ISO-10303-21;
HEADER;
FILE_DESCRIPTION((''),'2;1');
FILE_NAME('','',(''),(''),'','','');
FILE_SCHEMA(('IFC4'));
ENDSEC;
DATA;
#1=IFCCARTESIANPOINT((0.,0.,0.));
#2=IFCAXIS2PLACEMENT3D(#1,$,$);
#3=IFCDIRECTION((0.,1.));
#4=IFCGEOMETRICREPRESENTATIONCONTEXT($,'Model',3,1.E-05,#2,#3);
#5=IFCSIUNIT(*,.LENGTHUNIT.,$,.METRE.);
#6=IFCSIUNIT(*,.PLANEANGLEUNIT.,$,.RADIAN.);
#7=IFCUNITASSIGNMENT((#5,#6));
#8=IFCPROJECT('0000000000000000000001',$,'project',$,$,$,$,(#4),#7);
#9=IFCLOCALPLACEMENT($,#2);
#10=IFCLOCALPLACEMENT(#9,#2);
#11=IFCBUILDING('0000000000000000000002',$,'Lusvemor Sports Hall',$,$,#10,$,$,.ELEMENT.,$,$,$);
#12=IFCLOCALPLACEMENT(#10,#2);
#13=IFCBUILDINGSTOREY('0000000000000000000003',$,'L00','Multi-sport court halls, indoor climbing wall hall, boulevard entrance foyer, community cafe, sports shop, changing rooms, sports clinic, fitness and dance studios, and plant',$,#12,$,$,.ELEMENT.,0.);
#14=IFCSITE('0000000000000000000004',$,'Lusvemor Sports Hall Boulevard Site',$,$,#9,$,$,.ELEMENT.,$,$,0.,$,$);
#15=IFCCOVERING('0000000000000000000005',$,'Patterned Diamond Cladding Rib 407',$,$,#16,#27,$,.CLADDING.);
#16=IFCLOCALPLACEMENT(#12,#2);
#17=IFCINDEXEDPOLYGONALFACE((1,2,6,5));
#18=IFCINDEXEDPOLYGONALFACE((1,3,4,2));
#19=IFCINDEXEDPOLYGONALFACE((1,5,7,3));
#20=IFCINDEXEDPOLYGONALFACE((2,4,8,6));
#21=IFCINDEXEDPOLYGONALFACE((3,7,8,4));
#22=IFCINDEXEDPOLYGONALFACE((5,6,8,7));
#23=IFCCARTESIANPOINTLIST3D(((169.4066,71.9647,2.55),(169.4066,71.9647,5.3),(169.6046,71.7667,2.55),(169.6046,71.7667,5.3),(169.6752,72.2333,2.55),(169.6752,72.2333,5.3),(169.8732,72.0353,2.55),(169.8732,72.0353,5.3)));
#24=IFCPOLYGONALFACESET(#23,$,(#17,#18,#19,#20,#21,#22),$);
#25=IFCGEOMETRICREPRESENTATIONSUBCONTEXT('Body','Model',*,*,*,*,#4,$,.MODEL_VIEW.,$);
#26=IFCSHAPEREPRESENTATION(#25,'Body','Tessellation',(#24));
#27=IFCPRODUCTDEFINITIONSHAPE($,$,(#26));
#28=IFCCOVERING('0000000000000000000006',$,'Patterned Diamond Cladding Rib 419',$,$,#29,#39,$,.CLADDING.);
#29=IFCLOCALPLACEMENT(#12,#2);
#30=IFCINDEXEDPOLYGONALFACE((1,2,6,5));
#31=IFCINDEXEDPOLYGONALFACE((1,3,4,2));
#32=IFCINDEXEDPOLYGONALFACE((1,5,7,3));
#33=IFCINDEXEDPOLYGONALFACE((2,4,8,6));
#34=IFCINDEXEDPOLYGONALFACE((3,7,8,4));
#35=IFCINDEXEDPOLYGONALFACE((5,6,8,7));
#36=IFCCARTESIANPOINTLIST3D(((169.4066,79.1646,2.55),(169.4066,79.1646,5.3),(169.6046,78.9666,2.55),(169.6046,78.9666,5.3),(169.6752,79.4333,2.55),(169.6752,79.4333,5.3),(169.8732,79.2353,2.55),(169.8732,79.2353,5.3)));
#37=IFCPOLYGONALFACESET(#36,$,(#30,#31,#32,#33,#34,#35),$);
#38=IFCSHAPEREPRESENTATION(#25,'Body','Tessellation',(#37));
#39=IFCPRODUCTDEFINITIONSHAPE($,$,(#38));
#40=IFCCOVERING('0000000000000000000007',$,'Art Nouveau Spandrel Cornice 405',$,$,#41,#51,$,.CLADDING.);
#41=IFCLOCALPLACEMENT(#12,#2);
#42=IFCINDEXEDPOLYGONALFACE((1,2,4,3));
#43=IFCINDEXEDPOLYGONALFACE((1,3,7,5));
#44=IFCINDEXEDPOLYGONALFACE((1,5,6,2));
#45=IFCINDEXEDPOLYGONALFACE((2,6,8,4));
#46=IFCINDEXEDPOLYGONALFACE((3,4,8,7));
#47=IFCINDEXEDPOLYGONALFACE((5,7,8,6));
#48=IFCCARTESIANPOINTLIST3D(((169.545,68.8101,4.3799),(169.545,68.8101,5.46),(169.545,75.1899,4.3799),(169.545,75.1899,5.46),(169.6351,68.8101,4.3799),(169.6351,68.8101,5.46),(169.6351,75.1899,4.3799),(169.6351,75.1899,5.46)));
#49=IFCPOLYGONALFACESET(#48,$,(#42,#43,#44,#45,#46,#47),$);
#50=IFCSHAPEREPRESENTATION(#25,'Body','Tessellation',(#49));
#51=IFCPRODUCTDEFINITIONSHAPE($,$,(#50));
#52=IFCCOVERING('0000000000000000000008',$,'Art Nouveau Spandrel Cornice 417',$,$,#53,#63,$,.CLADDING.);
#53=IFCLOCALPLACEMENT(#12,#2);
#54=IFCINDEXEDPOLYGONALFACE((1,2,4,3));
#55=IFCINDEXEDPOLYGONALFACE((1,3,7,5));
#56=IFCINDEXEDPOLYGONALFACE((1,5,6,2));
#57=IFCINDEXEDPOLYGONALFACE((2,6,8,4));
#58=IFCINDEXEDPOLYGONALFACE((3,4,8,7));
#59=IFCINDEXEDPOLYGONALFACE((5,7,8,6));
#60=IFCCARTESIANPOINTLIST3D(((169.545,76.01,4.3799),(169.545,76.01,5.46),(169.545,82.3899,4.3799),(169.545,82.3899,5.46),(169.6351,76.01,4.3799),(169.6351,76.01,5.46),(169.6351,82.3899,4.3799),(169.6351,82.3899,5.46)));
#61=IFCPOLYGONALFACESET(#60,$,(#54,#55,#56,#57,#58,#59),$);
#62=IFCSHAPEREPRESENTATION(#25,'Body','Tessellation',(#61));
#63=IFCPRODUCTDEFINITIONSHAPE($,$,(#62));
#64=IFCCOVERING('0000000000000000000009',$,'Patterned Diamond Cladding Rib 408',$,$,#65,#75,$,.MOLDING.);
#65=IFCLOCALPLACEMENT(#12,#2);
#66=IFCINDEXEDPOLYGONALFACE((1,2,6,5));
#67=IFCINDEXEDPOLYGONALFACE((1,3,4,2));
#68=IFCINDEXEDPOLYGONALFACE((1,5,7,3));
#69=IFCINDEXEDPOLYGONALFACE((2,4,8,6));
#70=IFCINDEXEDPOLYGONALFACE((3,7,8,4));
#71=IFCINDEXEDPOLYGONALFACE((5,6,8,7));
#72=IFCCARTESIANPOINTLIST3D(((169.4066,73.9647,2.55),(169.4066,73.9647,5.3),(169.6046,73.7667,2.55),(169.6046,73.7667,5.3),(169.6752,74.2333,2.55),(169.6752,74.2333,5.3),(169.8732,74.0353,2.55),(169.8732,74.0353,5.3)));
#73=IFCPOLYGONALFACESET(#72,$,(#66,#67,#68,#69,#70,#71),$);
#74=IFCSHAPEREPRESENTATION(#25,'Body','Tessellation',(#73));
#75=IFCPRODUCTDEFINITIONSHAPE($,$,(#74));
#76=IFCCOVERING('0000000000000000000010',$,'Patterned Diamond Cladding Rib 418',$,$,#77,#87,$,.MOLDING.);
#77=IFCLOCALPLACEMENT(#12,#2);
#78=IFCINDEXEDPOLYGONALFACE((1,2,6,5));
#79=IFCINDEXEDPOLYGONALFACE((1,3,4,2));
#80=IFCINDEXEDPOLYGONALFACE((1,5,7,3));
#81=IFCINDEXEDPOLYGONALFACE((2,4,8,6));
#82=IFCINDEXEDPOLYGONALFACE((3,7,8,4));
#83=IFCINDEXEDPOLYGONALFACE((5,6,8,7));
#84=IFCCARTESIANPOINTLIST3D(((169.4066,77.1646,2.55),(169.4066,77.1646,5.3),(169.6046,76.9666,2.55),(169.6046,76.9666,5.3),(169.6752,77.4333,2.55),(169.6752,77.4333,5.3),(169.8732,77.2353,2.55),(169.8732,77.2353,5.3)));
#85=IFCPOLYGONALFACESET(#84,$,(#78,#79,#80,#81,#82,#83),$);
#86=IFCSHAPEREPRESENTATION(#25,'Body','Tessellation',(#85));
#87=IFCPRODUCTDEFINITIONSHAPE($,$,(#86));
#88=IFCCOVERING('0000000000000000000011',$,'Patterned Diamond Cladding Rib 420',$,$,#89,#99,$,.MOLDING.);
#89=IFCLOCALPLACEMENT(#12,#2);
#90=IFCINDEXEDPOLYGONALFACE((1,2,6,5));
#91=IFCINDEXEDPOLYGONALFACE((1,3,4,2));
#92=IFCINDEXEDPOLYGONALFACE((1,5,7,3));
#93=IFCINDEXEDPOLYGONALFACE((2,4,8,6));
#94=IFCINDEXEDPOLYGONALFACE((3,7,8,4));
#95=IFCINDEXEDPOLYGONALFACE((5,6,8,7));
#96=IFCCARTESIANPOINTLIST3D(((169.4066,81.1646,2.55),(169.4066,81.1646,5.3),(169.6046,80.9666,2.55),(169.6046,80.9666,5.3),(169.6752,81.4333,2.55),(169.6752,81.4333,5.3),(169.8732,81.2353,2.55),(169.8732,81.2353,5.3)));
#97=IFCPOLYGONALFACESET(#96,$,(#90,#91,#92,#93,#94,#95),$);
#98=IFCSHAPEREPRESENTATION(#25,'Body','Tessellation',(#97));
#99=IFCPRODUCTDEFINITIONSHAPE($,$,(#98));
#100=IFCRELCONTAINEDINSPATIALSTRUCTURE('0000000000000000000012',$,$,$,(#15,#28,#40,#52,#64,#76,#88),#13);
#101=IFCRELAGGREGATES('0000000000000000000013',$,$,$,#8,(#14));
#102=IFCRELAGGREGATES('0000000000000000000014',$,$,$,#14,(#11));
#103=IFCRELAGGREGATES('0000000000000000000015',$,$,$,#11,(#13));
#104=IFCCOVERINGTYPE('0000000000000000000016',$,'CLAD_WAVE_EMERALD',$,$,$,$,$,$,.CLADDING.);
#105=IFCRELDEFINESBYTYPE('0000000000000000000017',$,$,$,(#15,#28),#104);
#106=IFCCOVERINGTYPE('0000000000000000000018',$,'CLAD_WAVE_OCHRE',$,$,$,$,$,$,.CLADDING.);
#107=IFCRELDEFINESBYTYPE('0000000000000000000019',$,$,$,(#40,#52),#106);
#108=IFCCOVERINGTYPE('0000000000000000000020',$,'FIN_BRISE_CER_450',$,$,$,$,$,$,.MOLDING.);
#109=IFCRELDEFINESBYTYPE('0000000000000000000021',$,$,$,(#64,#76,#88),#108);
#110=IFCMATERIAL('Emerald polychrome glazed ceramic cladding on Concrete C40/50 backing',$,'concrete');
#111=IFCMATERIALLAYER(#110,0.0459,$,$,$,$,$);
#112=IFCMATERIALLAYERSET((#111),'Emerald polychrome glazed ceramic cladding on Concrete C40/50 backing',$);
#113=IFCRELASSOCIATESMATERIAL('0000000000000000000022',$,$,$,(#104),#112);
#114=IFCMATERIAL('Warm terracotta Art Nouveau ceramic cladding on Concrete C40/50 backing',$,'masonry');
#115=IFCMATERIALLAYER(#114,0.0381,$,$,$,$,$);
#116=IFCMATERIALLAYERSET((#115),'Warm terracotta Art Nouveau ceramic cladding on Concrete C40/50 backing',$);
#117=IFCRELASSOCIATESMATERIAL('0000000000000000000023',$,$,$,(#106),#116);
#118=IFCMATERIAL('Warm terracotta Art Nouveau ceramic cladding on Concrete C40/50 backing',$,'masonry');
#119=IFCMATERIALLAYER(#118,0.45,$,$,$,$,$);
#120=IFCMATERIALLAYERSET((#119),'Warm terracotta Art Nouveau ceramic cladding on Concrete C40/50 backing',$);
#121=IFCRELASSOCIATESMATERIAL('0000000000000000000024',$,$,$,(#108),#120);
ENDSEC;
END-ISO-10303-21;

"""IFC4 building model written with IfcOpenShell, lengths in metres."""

from ifc_helpers import new_model, si_unit, direction, frame, origin, origin_2d, place, context, subcontext, project, spatial, rectangle, extrude, material, layer, layer_set, type_object, element, save


model = new_model("IFC4")

# Units and contexts
model_context = context("Model", 3, precision=1e-05, world=origin(), true_north=direction((0.0, 1.0)))
body_context = subcontext(model_context, "Body", "Model", "MODEL_VIEW")
ifc_project = project(units=[si_unit("LENGTHUNIT", "METRE"), si_unit("PLANEANGLEUNIT", "RADIAN")], contexts=[model_context])

# Site, building, storey
site_placement = place(None, origin())
site = spatial("IfcSite", under=ifc_project, at=site_placement, Name="Lusvemor Sports Hall Boulevard Site", CompositionType="ELEMENT", RefElevation=0.0)
building_placement = place(site_placement, origin())
building = spatial("IfcBuilding", under=site, at=building_placement, Name="Lusvemor Sports Hall", CompositionType="ELEMENT")
storey_placement = place(building_placement, origin())
storey = spatial("IfcBuildingStorey", under=building, at=storey_placement, Name="L00", Description="Multi-sport court halls, indoor climbing wall hall, boulevard entrance foyer, community cafe, sports shop, changing rooms, sports clinic, fitness and dance studios, and plant", CompositionType="ELEMENT", Elevation=0.0)

# Coverings
ifc_material_1 = material(Name="Emerald polychrome glazed ceramic cladding on Concrete C40/50 backing", Category="concrete")
ifc_layer_1 = layer(ifc_material_1, 0.0459)
ifc_layer_set_1 = layer_set([ifc_layer_1], Name="Emerald polychrome glazed ceramic cladding on Concrete C40/50 backing")
covering_type_1 = type_object("IfcCoveringType", Name="CLAD_WAVE_EMERALD", PredefinedType="CLADDING", material=ifc_layer_set_1)
for number, where, z_axis, x_axis, name in (
    (1, (169.6399, 72.0, 2.55), (0.0, 0.0, 1.0), (0.707107, 0.707107, 0.0), "Patterned Diamond Cladding Rib 407"),
    (2, (169.6399, 79.2, 2.55), (0.0, 0.0, 1.0), (0.707107, 0.707107, 0.0), "Patterned Diamond Cladding Rib 419"),
):
    element("IfcCovering", number, at=place(storey_placement, frame(where, z_axis=z_axis, x_axis=x_axis)), inside=storey, type_object=covering_type_1, Name=name, PredefinedType="CLADDING", context=body_context, shape_type="SweptSolid", body=[
        extrude(rectangle(XDim=0.3799, YDim=0.28, at=origin_2d()), origin(), (0.0, 0.0, 1.0), 2.75),
    ])
ifc_material_2 = material(Name="Warm terracotta Art Nouveau ceramic cladding on Concrete C40/50 backing", Category="masonry")
ifc_layer_2 = layer(ifc_material_2, 0.0381)
ifc_layer_set_2 = layer_set([ifc_layer_2], Name="Warm terracotta Art Nouveau ceramic cladding on Concrete C40/50 backing")
covering_type_2 = type_object("IfcCoveringType", Name="CLAD_WAVE_OCHRE", PredefinedType="CLADDING", material=ifc_layer_set_2)
for number, where, z_axis, x_axis, name in (
    (3, (169.5901, 72.0, 4.3799), (0.0, 0.0, 1.0), (1.0, 0.0, 0.0), "Art Nouveau Spandrel Cornice 405"),
    (4, (169.5901, 79.2, 4.3799), (0.0, 0.0, 1.0), (1.0, 0.0, 0.0), "Art Nouveau Spandrel Cornice 417"),
):
    element("IfcCovering", number, at=place(storey_placement, frame(where, z_axis=z_axis, x_axis=x_axis)), inside=storey, type_object=covering_type_2, Name=name, PredefinedType="CLADDING", context=body_context, shape_type="SweptSolid", body=[
        extrude(rectangle(XDim=0.0901, YDim=6.3799, at=origin_2d()), origin(), (0.0, 0.0, 1.0), 1.0801),
    ])
ifc_material_3 = material(Name="Warm terracotta Art Nouveau ceramic cladding on Concrete C40/50 backing", Category="masonry")
ifc_layer_3 = layer(ifc_material_3, 0.45)
ifc_layer_set_3 = layer_set([ifc_layer_3], Name="Warm terracotta Art Nouveau ceramic cladding on Concrete C40/50 backing")
covering_type_3 = type_object("IfcCoveringType", Name="FIN_BRISE_CER_450", PredefinedType="MOLDING", material=ifc_layer_set_3)
for number, where, z_axis, x_axis, name in (
    (5, (169.6399, 74.0, 2.55), (0.0, 0.0, 1.0), (0.707107, 0.707107, 0.0), "Patterned Diamond Cladding Rib 408"),
    (6, (169.6399, 77.2, 2.55), (0.0, 0.0, 1.0), (0.707107, 0.707107, 0.0), "Patterned Diamond Cladding Rib 418"),
    (7, (169.6399, 81.2, 2.55), (0.0, 0.0, 1.0), (0.707107, 0.707107, 0.0), "Patterned Diamond Cladding Rib 420"),
):
    element("IfcCovering", number, at=place(storey_placement, frame(where, z_axis=z_axis, x_axis=x_axis)), inside=storey, type_object=covering_type_3, Name=name, PredefinedType="MOLDING", context=body_context, shape_type="SweptSolid", body=[
        extrude(rectangle(XDim=0.3799, YDim=0.28, at=origin_2d()), origin(), (0.0, 0.0, 1.0), 2.75),
    ])

save(model, "model.ifc")
